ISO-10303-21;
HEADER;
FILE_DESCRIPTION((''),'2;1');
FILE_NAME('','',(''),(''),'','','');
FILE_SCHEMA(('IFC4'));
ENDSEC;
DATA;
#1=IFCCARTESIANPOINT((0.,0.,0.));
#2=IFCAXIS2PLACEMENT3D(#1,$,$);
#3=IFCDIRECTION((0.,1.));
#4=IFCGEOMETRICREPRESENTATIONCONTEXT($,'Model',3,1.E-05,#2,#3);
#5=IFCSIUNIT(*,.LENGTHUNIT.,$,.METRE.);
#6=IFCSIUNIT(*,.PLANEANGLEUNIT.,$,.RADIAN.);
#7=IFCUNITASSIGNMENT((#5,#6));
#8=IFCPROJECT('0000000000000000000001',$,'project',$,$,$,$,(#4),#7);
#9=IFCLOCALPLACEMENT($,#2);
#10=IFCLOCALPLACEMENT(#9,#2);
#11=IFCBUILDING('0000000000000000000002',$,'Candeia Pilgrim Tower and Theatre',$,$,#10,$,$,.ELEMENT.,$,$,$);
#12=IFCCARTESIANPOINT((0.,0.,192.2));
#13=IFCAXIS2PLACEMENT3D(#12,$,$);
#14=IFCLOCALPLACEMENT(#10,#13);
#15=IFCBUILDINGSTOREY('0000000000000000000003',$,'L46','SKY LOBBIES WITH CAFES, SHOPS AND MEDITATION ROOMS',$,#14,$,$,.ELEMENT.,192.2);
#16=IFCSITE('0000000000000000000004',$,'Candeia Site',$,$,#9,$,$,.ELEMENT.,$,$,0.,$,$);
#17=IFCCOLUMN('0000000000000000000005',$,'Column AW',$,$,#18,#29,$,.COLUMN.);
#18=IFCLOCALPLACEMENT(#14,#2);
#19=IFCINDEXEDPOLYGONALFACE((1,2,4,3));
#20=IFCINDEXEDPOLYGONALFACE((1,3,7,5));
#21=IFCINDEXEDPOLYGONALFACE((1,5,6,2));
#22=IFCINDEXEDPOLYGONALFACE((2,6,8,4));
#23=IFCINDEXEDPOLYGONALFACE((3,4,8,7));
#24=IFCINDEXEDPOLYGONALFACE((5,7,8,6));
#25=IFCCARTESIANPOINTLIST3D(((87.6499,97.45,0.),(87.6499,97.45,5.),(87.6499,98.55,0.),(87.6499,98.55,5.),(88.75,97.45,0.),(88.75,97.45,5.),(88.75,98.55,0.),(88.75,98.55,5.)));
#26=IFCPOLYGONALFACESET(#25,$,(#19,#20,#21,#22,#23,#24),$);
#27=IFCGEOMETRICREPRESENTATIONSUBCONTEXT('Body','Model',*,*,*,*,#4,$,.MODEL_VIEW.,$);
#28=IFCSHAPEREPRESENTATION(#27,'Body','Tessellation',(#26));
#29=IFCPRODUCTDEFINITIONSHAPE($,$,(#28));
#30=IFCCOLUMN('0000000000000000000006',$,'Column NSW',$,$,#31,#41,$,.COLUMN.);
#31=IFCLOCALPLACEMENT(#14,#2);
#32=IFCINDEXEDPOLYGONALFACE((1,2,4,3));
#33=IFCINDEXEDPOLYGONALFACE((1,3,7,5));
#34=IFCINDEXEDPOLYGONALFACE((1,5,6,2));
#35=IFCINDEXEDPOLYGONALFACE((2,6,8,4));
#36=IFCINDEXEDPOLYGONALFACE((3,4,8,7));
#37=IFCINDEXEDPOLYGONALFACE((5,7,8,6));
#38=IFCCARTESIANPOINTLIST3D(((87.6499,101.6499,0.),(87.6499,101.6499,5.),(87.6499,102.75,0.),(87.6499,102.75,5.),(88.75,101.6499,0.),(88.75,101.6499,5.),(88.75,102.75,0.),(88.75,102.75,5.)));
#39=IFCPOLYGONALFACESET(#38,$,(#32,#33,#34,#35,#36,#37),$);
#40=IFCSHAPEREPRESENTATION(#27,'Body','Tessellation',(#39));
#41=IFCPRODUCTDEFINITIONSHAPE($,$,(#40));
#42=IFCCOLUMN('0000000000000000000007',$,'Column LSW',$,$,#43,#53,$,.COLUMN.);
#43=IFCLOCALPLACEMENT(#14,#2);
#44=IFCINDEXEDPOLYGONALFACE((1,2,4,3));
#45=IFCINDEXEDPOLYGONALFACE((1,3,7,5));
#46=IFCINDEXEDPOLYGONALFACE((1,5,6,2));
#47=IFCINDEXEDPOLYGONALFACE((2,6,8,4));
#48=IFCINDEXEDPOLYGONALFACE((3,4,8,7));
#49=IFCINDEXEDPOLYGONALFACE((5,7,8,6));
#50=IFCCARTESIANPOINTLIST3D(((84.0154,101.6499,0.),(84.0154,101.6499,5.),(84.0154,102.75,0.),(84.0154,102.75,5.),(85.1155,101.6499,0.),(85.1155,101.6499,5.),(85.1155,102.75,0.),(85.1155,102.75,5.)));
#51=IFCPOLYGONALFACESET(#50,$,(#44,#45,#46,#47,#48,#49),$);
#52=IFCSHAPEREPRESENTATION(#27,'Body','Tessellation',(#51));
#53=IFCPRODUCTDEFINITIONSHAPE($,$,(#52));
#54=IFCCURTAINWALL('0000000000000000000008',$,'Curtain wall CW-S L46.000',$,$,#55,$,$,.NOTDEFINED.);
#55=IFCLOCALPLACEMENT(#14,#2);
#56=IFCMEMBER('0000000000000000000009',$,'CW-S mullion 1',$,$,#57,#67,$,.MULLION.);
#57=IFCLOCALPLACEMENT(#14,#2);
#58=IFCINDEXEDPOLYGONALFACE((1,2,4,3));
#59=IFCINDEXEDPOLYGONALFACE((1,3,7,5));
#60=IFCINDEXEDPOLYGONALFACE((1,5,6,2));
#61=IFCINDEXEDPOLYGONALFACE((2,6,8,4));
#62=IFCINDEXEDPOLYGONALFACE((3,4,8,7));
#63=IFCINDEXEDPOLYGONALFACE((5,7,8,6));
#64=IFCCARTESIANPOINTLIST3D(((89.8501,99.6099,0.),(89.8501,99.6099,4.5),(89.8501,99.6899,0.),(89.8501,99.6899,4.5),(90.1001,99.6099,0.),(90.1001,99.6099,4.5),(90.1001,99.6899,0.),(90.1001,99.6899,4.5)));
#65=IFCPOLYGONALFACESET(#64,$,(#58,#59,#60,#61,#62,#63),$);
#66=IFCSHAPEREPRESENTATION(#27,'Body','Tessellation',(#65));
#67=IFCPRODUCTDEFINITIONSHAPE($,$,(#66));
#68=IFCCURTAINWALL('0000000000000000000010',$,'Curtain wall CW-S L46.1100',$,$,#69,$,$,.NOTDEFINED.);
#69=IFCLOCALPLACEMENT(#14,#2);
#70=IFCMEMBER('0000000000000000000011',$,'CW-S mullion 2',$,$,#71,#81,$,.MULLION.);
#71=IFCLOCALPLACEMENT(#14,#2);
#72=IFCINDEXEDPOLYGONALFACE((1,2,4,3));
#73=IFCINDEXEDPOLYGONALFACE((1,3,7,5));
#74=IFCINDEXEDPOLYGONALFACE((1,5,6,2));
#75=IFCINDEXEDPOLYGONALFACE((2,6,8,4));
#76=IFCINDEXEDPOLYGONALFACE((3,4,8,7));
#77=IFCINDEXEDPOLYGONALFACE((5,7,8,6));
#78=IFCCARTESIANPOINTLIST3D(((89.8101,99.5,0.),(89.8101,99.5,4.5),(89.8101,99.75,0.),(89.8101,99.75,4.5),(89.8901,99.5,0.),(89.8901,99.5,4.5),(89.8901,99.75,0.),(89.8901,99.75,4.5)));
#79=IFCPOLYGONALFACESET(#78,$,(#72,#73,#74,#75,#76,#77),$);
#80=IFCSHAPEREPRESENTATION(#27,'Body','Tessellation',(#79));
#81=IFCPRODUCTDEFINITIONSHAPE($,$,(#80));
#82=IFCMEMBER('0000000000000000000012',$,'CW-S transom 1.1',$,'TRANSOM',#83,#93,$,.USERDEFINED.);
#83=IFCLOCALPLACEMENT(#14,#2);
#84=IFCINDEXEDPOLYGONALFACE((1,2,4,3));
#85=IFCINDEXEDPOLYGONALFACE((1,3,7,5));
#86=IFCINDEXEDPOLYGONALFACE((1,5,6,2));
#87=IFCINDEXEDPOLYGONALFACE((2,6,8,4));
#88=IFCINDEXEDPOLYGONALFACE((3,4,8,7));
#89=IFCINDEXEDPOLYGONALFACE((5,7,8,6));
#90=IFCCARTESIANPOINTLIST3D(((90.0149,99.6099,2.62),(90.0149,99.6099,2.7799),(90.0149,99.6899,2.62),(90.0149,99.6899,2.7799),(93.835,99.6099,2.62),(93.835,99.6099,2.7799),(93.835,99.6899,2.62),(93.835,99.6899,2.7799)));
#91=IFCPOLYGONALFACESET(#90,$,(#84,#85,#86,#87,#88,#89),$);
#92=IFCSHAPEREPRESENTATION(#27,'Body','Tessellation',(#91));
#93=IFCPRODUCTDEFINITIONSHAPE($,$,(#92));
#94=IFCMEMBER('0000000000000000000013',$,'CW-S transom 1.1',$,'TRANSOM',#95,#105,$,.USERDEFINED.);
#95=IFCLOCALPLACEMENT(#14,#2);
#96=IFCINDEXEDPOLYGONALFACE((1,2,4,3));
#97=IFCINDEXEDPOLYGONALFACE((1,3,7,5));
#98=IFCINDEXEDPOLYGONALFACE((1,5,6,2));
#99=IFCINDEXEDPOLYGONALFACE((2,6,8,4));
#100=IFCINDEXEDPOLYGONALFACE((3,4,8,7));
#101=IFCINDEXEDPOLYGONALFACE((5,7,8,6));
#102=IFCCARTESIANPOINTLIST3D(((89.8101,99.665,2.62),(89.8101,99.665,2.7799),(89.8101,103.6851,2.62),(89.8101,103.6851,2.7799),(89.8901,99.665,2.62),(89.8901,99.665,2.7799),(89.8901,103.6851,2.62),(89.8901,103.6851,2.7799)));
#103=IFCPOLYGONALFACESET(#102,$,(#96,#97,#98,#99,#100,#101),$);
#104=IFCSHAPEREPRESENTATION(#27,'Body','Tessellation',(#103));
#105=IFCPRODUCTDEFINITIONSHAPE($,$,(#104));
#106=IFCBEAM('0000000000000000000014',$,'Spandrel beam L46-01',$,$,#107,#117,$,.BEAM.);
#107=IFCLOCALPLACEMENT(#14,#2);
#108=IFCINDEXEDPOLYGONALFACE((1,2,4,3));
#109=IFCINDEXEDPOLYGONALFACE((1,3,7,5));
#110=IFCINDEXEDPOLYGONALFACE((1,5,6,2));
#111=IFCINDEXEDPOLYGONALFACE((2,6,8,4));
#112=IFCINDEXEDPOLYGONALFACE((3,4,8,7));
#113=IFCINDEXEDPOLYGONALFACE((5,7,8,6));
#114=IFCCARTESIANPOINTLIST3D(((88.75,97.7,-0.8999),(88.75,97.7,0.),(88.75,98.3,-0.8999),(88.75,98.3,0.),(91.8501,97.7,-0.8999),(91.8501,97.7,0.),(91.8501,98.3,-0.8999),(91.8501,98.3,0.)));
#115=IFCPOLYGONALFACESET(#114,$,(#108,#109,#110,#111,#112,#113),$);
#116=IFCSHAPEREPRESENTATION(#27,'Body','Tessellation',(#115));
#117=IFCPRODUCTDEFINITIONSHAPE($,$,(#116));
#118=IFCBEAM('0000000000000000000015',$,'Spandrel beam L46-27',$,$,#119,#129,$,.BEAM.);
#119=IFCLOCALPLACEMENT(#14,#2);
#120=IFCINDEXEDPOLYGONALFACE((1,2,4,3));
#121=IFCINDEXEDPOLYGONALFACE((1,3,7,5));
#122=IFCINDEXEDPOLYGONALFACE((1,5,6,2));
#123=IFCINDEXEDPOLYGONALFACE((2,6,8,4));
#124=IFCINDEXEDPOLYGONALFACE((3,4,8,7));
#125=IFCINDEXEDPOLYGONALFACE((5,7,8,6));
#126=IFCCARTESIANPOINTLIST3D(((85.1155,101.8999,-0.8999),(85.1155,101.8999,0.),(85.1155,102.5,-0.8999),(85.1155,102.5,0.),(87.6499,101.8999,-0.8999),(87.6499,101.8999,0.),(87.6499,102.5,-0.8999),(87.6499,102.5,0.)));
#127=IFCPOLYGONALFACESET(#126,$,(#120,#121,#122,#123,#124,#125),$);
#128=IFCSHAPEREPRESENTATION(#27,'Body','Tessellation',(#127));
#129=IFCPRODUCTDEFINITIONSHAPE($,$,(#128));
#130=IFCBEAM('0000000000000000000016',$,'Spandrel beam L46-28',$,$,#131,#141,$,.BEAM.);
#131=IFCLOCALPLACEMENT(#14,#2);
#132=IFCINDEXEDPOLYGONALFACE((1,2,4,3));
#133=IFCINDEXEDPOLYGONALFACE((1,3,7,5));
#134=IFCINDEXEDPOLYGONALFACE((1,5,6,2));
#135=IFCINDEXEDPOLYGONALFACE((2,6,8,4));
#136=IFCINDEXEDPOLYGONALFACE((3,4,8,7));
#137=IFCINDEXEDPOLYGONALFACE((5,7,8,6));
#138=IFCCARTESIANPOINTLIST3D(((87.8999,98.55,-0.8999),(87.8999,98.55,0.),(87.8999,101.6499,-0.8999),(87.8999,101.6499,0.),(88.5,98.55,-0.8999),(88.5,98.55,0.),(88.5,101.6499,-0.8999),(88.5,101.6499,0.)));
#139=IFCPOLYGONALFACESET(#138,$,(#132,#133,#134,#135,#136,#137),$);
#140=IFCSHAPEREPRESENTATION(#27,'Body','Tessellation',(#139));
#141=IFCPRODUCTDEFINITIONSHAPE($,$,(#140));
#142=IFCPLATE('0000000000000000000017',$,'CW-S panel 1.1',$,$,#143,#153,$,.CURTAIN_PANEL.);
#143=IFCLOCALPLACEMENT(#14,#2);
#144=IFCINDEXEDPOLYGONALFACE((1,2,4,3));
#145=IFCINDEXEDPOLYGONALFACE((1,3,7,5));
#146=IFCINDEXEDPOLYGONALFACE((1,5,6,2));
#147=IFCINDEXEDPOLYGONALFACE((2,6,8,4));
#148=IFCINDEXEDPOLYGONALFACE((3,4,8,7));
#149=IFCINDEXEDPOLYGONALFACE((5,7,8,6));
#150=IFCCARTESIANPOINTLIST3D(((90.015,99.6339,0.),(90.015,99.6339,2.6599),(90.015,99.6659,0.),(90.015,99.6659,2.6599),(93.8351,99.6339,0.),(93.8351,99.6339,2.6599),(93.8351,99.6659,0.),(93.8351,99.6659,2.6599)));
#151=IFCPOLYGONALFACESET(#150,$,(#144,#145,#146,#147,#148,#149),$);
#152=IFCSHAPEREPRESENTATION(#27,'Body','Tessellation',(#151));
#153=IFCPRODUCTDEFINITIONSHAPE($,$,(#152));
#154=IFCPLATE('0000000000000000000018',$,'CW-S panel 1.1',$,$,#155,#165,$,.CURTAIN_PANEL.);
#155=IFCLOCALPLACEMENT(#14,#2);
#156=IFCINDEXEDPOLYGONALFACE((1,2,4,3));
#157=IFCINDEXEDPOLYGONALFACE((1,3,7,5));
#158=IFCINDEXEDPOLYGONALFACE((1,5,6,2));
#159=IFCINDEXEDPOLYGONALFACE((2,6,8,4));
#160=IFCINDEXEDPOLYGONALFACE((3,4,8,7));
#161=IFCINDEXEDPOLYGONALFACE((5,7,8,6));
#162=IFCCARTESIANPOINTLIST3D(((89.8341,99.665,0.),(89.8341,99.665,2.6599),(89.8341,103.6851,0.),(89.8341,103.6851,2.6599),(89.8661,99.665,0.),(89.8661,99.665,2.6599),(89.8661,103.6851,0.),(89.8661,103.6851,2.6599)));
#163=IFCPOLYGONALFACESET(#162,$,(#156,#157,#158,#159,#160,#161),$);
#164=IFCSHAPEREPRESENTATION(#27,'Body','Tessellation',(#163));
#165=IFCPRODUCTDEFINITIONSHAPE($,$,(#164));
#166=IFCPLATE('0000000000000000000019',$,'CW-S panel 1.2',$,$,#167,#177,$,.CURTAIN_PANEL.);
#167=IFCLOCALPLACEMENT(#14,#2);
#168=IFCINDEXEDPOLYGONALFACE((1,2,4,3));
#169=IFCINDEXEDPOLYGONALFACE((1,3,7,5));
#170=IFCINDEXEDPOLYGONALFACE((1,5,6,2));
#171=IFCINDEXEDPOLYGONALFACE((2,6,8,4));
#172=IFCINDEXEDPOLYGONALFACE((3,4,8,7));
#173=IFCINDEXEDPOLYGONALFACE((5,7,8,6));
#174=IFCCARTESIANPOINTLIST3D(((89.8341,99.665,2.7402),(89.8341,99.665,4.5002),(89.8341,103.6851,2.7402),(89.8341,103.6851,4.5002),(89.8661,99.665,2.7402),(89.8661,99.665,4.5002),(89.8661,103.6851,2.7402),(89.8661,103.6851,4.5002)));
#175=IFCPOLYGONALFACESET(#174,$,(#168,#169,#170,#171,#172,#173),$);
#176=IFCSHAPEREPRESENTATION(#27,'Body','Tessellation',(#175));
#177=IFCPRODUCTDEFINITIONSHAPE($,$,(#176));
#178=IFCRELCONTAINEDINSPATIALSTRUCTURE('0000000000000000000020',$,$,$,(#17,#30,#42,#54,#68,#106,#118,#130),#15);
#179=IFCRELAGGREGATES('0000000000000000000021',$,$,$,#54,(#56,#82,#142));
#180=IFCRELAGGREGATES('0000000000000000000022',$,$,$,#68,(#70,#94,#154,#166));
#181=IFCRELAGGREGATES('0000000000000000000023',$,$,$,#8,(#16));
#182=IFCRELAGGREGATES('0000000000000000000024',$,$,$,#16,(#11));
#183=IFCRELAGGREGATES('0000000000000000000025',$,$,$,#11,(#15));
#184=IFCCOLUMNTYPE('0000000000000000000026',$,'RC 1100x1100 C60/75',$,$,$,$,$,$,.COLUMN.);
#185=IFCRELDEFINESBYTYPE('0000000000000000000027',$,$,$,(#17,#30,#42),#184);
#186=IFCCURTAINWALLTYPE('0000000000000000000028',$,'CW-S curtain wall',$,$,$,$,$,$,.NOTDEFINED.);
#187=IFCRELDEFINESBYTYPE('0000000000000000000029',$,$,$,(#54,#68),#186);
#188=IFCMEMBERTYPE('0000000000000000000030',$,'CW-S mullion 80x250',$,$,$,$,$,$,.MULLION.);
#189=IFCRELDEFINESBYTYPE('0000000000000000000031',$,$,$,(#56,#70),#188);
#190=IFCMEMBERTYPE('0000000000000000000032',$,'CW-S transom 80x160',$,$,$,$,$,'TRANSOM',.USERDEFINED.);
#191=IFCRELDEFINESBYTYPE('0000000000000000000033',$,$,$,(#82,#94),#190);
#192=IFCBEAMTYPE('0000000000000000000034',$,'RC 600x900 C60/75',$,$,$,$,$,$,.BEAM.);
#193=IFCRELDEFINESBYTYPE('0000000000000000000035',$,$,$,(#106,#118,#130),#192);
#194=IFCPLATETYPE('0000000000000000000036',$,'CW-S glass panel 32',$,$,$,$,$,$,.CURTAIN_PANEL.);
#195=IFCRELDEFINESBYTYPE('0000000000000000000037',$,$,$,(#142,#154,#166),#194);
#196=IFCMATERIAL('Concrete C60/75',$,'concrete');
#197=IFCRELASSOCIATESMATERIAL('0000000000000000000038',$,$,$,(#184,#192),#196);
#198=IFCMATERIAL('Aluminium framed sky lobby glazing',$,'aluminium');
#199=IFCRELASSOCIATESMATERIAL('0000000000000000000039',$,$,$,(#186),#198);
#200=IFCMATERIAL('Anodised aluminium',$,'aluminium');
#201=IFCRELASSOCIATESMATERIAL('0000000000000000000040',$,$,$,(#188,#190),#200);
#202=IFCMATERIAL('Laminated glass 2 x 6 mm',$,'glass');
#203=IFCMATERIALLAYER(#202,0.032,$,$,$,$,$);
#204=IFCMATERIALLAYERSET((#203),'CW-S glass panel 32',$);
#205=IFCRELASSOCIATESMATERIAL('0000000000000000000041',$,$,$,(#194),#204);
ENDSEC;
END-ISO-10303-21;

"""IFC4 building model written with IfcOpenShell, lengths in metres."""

from ifc_helpers import new_model, si_unit, direction, frame, origin, origin_2d, place, context, subcontext, project, spatial, rectangle, extrude, material, layer, layer_set, material_profile, profile_set, type_object, element, aggregate, save


model = new_model("IFC4")

# Units and contexts
model_context = context("Model", 3, precision=1e-05, world=origin(), true_north=direction((0.0, 1.0)))
body_context = subcontext(model_context, "Body", "Model", "MODEL_VIEW")
ifc_project = project(units=[si_unit("LENGTHUNIT", "METRE"), si_unit("PLANEANGLEUNIT", "RADIAN")], contexts=[model_context])

# Site, building, storey
site_placement = place(None, origin())
site = spatial("IfcSite", under=ifc_project, at=site_placement, Name="Candeia Site", CompositionType="ELEMENT", RefElevation=0.0)
building_placement = place(site_placement, origin())
building = spatial("IfcBuilding", under=site, at=building_placement, Name="Candeia Pilgrim Tower and Theatre", CompositionType="ELEMENT")
storey_placement = place(building_placement, frame((0.0, 0.0, 192.2)))
storey = spatial("IfcBuildingStorey", under=building, at=storey_placement, Name="L46", Description="SKY LOBBIES WITH CAFES, SHOPS AND MEDITATION ROOMS", CompositionType="ELEMENT", Elevation=192.2)

# Columns
ifc_material_1 = material(Name="Concrete C60/75", Category="concrete")
ifc_material_profile_1 = material_profile(ifc_material_1, rectangle(XDim=1.1001, YDim=1.1001, at=origin_2d()))
ifc_profile_set_1 = profile_set([ifc_material_profile_1], Name="Concrete C60/75")
column_type = type_object("IfcColumnType", Name="RC 1100x1100 C60/75", PredefinedType="COLUMN", material=ifc_profile_set_1)
for number, where, z_axis, x_axis, name in (
    (1, (88.2, 98.0, 0.0), (0.0, 0.0, 1.0), (1.0, 0.0, 0.0), "Column AW"),
    (2, (88.2, 102.2, 0.0), (0.0, 0.0, 1.0), (1.0, 0.0, 0.0), "Column NSW"),
    (3, (84.5654, 102.2, 0.0), (0.0, 0.0, 1.0), (1.0, 0.0, 0.0), "Column LSW"),
):
    element("IfcColumn", number, at=place(storey_placement, frame(where, z_axis=z_axis, x_axis=x_axis)), inside=storey, type_object=column_type, Name=name, PredefinedType="COLUMN", context=body_context, shape_type="SweptSolid", body=[
        extrude(rectangle(XDim=1.1001, YDim=1.1001, at=origin_2d()), origin(), (0.0, 0.0, 1.0), 5.0),
    ])

# Curtain walls, members
ifc_material_2 = material(Name="Aluminium framed sky lobby glazing", Category="aluminium")
curtain_wall_type = type_object("IfcCurtainWallType", Name="CW-S curtain wall", PredefinedType="NOTDEFINED", material=ifc_material_2)
curtain_wall_1_placement = place(storey_placement, origin())
curtain_wall_1 = element("IfcCurtainWall", 4, at=curtain_wall_1_placement, inside=storey, type_object=curtain_wall_type, Name="Curtain wall CW-S L46.000", PredefinedType="NOTDEFINED")
ifc_material_3 = material(Name="Anodised aluminium", Category="aluminium")
ifc_material_profile_2 = material_profile(ifc_material_3, rectangle(XDim=0.0801, YDim=0.25, at=origin_2d()))
ifc_profile_set_2 = profile_set([ifc_material_profile_2], Name="Anodised aluminium")
member_type_1 = type_object("IfcMemberType", Name="CW-S mullion 80x250", PredefinedType="MULLION", material=ifc_profile_set_2)
member_1_placement = place(storey_placement, frame((89.9751, 99.6499, 0.0), z_axis=(0.0, 0.0, 1.0), x_axis=(0.0, 1.0, 0.0)))
member_1 = element("IfcMember", 5, at=member_1_placement, type_object=member_type_1, Name="CW-S mullion 1", PredefinedType="MULLION", context=body_context, shape_type="SweptSolid", body=[
    extrude(rectangle(XDim=0.0801, YDim=0.25, at=origin_2d()), origin(), (0.0, 0.0, 1.0), 4.5),
])
curtain_wall_2_placement = place(storey_placement, origin())
curtain_wall_2 = element("IfcCurtainWall", 6, at=curtain_wall_2_placement, inside=storey, type_object=curtain_wall_type, Name="Curtain wall CW-S L46.1100", PredefinedType="NOTDEFINED")
member_2_placement = place(storey_placement, frame((89.8501, 99.625, 0.0), z_axis=(0.0, 0.0, 1.0), x_axis=(1.0, 0.0, 0.0)))
member_2 = element("IfcMember", 7, at=member_2_placement, type_object=member_type_1, Name="CW-S mullion 2", PredefinedType="MULLION", context=body_context, shape_type="SweptSolid", body=[
    extrude(rectangle(XDim=0.0801, YDim=0.25, at=origin_2d()), origin(), (0.0, 0.0, 1.0), 4.5),
])

# Members
ifc_material_profile_3 = material_profile(ifc_material_3, rectangle(XDim=0.0801, YDim=0.1599, at=origin_2d()))
ifc_profile_set_3 = profile_set([ifc_material_profile_3], Name="Anodised aluminium")
member_type_2 = type_object("IfcMemberType", Name="CW-S transom 80x160", ElementType="TRANSOM", PredefinedType="USERDEFINED", material=ifc_profile_set_3)
member_3_placement = place(storey_placement, frame((90.0149, 99.6499, 2.7), z_axis=(1.0, 0.0, 0.0), x_axis=(0.0, 1.0, 0.0)))
member_3 = element("IfcMember", 8, at=member_3_placement, type_object=member_type_2, Name="CW-S transom 1.1", ObjectType="TRANSOM", PredefinedType="USERDEFINED", context=body_context, shape_type="SweptSolid", body=[
    extrude(rectangle(XDim=0.0801, YDim=0.1599, at=origin_2d()), origin(), (0.0, 0.0, 1.0), 3.8201),
])
member_4_placement = place(storey_placement, frame((89.8501, 103.6851, 2.7), z_axis=(0.0, -1.0, 0.0), x_axis=(1.0, 0.0, 0.0)))
member_4 = element("IfcMember", 9, at=member_4_placement, type_object=member_type_2, Name="CW-S transom 1.1", ObjectType="TRANSOM", PredefinedType="USERDEFINED", context=body_context, shape_type="SweptSolid", body=[
    extrude(rectangle(XDim=0.0801, YDim=0.1599, at=origin_2d()), origin(), (0.0, 0.0, 1.0), 4.02),
])

# Beams
ifc_material_profile_4 = material_profile(ifc_material_1, rectangle(XDim=0.6001, YDim=0.8999, at=origin_2d()))
ifc_profile_set_4 = profile_set([ifc_material_profile_4], Name="Concrete C60/75")
beam_type = type_object("IfcBeamType", Name="RC 600x900 C60/75", PredefinedType="BEAM", material=ifc_profile_set_4)
beam_1_placement = place(storey_placement, frame((88.75, 98.0, -0.45), z_axis=(1.0, 0.0, 0.0), x_axis=(0.0, 1.0, 0.0)))
element("IfcBeam", 10, at=beam_1_placement, inside=storey, type_object=beam_type, Name="Spandrel beam L46-01", PredefinedType="BEAM", context=body_context, shape_type="SweptSolid", body=[
    extrude(rectangle(XDim=0.6001, YDim=0.8999, at=origin_2d()), origin(), (0.0, 0.0, 1.0), 3.1001),
])
beam_2_placement = place(storey_placement, frame((85.1155, 102.2, -0.45), z_axis=(1.0, 0.0, 0.0), x_axis=(0.0, 1.0, 0.0)))
element("IfcBeam", 11, at=beam_2_placement, inside=storey, type_object=beam_type, Name="Spandrel beam L46-27", PredefinedType="BEAM", context=body_context, shape_type="SweptSolid", body=[
    extrude(rectangle(XDim=0.6001, YDim=0.8999, at=origin_2d()), origin(), (0.0, 0.0, 1.0), 2.5344),
])
beam_3_placement = place(storey_placement, frame((88.2, 101.6499, -0.45), z_axis=(0.0, -1.0, 0.0), x_axis=(1.0, 0.0, 0.0)))
element("IfcBeam", 12, at=beam_3_placement, inside=storey, type_object=beam_type, Name="Spandrel beam L46-28", PredefinedType="BEAM", context=body_context, shape_type="SweptSolid", body=[
    extrude(rectangle(XDim=0.6001, YDim=0.8999, at=origin_2d()), origin(), (0.0, 0.0, 1.0), 3.0999),
])

# Plates
ifc_material_4 = material(Name="Laminated glass 2 x 6 mm", Category="glass")
ifc_layer_1 = layer(ifc_material_4, 0.032)
ifc_layer_set_1 = layer_set([ifc_layer_1], Name="CW-S glass panel 32")
plate_type = type_object("IfcPlateType", Name="CW-S glass panel 32", PredefinedType="CURTAIN_PANEL", material=ifc_layer_set_1)
plate_1_placement = place(storey_placement, frame((91.925, 99.6499, 0.0), z_axis=(0.0, 0.0, 1.0), x_axis=(1.0, 0.0, 0.0)))
plate_1 = element("IfcPlate", 13, at=plate_1_placement, type_object=plate_type, Name="CW-S panel 1.1", PredefinedType="CURTAIN_PANEL", context=body_context, shape_type="SweptSolid", body=[
    extrude(rectangle(XDim=3.8201, YDim=0.032, at=origin_2d()), origin(), (0.0, 0.0, 1.0), 2.6599),
])
aggregate(curtain_wall_1, [member_1, member_3, plate_1])
plate_2_placement = place(storey_placement, frame((89.8501, 101.675, 0.0), z_axis=(0.0, 0.0, 1.0), x_axis=(0.0, -1.0, 0.0)))
plate_2 = element("IfcPlate", 14, at=plate_2_placement, type_object=plate_type, Name="CW-S panel 1.1", PredefinedType="CURTAIN_PANEL", context=body_context, shape_type="SweptSolid", body=[
    extrude(rectangle(XDim=4.02, YDim=0.032, at=origin_2d()), origin(), (0.0, 0.0, 1.0), 2.6599),
])
plate_3_placement = place(storey_placement, frame((89.8501, 101.675, 2.7402), z_axis=(0.0, 0.0, 1.0), x_axis=(0.0, -1.0, 0.0)))
plate_3 = element("IfcPlate", 15, at=plate_3_placement, type_object=plate_type, Name="CW-S panel 1.2", PredefinedType="CURTAIN_PANEL", context=body_context, shape_type="SweptSolid", body=[
    extrude(rectangle(XDim=4.02, YDim=0.032, at=origin_2d()), origin(), (0.0, 0.0, 1.0), 1.76),
])
aggregate(curtain_wall_2, [member_2, member_4, plate_2, plate_3])

save(model, "model.ifc")
